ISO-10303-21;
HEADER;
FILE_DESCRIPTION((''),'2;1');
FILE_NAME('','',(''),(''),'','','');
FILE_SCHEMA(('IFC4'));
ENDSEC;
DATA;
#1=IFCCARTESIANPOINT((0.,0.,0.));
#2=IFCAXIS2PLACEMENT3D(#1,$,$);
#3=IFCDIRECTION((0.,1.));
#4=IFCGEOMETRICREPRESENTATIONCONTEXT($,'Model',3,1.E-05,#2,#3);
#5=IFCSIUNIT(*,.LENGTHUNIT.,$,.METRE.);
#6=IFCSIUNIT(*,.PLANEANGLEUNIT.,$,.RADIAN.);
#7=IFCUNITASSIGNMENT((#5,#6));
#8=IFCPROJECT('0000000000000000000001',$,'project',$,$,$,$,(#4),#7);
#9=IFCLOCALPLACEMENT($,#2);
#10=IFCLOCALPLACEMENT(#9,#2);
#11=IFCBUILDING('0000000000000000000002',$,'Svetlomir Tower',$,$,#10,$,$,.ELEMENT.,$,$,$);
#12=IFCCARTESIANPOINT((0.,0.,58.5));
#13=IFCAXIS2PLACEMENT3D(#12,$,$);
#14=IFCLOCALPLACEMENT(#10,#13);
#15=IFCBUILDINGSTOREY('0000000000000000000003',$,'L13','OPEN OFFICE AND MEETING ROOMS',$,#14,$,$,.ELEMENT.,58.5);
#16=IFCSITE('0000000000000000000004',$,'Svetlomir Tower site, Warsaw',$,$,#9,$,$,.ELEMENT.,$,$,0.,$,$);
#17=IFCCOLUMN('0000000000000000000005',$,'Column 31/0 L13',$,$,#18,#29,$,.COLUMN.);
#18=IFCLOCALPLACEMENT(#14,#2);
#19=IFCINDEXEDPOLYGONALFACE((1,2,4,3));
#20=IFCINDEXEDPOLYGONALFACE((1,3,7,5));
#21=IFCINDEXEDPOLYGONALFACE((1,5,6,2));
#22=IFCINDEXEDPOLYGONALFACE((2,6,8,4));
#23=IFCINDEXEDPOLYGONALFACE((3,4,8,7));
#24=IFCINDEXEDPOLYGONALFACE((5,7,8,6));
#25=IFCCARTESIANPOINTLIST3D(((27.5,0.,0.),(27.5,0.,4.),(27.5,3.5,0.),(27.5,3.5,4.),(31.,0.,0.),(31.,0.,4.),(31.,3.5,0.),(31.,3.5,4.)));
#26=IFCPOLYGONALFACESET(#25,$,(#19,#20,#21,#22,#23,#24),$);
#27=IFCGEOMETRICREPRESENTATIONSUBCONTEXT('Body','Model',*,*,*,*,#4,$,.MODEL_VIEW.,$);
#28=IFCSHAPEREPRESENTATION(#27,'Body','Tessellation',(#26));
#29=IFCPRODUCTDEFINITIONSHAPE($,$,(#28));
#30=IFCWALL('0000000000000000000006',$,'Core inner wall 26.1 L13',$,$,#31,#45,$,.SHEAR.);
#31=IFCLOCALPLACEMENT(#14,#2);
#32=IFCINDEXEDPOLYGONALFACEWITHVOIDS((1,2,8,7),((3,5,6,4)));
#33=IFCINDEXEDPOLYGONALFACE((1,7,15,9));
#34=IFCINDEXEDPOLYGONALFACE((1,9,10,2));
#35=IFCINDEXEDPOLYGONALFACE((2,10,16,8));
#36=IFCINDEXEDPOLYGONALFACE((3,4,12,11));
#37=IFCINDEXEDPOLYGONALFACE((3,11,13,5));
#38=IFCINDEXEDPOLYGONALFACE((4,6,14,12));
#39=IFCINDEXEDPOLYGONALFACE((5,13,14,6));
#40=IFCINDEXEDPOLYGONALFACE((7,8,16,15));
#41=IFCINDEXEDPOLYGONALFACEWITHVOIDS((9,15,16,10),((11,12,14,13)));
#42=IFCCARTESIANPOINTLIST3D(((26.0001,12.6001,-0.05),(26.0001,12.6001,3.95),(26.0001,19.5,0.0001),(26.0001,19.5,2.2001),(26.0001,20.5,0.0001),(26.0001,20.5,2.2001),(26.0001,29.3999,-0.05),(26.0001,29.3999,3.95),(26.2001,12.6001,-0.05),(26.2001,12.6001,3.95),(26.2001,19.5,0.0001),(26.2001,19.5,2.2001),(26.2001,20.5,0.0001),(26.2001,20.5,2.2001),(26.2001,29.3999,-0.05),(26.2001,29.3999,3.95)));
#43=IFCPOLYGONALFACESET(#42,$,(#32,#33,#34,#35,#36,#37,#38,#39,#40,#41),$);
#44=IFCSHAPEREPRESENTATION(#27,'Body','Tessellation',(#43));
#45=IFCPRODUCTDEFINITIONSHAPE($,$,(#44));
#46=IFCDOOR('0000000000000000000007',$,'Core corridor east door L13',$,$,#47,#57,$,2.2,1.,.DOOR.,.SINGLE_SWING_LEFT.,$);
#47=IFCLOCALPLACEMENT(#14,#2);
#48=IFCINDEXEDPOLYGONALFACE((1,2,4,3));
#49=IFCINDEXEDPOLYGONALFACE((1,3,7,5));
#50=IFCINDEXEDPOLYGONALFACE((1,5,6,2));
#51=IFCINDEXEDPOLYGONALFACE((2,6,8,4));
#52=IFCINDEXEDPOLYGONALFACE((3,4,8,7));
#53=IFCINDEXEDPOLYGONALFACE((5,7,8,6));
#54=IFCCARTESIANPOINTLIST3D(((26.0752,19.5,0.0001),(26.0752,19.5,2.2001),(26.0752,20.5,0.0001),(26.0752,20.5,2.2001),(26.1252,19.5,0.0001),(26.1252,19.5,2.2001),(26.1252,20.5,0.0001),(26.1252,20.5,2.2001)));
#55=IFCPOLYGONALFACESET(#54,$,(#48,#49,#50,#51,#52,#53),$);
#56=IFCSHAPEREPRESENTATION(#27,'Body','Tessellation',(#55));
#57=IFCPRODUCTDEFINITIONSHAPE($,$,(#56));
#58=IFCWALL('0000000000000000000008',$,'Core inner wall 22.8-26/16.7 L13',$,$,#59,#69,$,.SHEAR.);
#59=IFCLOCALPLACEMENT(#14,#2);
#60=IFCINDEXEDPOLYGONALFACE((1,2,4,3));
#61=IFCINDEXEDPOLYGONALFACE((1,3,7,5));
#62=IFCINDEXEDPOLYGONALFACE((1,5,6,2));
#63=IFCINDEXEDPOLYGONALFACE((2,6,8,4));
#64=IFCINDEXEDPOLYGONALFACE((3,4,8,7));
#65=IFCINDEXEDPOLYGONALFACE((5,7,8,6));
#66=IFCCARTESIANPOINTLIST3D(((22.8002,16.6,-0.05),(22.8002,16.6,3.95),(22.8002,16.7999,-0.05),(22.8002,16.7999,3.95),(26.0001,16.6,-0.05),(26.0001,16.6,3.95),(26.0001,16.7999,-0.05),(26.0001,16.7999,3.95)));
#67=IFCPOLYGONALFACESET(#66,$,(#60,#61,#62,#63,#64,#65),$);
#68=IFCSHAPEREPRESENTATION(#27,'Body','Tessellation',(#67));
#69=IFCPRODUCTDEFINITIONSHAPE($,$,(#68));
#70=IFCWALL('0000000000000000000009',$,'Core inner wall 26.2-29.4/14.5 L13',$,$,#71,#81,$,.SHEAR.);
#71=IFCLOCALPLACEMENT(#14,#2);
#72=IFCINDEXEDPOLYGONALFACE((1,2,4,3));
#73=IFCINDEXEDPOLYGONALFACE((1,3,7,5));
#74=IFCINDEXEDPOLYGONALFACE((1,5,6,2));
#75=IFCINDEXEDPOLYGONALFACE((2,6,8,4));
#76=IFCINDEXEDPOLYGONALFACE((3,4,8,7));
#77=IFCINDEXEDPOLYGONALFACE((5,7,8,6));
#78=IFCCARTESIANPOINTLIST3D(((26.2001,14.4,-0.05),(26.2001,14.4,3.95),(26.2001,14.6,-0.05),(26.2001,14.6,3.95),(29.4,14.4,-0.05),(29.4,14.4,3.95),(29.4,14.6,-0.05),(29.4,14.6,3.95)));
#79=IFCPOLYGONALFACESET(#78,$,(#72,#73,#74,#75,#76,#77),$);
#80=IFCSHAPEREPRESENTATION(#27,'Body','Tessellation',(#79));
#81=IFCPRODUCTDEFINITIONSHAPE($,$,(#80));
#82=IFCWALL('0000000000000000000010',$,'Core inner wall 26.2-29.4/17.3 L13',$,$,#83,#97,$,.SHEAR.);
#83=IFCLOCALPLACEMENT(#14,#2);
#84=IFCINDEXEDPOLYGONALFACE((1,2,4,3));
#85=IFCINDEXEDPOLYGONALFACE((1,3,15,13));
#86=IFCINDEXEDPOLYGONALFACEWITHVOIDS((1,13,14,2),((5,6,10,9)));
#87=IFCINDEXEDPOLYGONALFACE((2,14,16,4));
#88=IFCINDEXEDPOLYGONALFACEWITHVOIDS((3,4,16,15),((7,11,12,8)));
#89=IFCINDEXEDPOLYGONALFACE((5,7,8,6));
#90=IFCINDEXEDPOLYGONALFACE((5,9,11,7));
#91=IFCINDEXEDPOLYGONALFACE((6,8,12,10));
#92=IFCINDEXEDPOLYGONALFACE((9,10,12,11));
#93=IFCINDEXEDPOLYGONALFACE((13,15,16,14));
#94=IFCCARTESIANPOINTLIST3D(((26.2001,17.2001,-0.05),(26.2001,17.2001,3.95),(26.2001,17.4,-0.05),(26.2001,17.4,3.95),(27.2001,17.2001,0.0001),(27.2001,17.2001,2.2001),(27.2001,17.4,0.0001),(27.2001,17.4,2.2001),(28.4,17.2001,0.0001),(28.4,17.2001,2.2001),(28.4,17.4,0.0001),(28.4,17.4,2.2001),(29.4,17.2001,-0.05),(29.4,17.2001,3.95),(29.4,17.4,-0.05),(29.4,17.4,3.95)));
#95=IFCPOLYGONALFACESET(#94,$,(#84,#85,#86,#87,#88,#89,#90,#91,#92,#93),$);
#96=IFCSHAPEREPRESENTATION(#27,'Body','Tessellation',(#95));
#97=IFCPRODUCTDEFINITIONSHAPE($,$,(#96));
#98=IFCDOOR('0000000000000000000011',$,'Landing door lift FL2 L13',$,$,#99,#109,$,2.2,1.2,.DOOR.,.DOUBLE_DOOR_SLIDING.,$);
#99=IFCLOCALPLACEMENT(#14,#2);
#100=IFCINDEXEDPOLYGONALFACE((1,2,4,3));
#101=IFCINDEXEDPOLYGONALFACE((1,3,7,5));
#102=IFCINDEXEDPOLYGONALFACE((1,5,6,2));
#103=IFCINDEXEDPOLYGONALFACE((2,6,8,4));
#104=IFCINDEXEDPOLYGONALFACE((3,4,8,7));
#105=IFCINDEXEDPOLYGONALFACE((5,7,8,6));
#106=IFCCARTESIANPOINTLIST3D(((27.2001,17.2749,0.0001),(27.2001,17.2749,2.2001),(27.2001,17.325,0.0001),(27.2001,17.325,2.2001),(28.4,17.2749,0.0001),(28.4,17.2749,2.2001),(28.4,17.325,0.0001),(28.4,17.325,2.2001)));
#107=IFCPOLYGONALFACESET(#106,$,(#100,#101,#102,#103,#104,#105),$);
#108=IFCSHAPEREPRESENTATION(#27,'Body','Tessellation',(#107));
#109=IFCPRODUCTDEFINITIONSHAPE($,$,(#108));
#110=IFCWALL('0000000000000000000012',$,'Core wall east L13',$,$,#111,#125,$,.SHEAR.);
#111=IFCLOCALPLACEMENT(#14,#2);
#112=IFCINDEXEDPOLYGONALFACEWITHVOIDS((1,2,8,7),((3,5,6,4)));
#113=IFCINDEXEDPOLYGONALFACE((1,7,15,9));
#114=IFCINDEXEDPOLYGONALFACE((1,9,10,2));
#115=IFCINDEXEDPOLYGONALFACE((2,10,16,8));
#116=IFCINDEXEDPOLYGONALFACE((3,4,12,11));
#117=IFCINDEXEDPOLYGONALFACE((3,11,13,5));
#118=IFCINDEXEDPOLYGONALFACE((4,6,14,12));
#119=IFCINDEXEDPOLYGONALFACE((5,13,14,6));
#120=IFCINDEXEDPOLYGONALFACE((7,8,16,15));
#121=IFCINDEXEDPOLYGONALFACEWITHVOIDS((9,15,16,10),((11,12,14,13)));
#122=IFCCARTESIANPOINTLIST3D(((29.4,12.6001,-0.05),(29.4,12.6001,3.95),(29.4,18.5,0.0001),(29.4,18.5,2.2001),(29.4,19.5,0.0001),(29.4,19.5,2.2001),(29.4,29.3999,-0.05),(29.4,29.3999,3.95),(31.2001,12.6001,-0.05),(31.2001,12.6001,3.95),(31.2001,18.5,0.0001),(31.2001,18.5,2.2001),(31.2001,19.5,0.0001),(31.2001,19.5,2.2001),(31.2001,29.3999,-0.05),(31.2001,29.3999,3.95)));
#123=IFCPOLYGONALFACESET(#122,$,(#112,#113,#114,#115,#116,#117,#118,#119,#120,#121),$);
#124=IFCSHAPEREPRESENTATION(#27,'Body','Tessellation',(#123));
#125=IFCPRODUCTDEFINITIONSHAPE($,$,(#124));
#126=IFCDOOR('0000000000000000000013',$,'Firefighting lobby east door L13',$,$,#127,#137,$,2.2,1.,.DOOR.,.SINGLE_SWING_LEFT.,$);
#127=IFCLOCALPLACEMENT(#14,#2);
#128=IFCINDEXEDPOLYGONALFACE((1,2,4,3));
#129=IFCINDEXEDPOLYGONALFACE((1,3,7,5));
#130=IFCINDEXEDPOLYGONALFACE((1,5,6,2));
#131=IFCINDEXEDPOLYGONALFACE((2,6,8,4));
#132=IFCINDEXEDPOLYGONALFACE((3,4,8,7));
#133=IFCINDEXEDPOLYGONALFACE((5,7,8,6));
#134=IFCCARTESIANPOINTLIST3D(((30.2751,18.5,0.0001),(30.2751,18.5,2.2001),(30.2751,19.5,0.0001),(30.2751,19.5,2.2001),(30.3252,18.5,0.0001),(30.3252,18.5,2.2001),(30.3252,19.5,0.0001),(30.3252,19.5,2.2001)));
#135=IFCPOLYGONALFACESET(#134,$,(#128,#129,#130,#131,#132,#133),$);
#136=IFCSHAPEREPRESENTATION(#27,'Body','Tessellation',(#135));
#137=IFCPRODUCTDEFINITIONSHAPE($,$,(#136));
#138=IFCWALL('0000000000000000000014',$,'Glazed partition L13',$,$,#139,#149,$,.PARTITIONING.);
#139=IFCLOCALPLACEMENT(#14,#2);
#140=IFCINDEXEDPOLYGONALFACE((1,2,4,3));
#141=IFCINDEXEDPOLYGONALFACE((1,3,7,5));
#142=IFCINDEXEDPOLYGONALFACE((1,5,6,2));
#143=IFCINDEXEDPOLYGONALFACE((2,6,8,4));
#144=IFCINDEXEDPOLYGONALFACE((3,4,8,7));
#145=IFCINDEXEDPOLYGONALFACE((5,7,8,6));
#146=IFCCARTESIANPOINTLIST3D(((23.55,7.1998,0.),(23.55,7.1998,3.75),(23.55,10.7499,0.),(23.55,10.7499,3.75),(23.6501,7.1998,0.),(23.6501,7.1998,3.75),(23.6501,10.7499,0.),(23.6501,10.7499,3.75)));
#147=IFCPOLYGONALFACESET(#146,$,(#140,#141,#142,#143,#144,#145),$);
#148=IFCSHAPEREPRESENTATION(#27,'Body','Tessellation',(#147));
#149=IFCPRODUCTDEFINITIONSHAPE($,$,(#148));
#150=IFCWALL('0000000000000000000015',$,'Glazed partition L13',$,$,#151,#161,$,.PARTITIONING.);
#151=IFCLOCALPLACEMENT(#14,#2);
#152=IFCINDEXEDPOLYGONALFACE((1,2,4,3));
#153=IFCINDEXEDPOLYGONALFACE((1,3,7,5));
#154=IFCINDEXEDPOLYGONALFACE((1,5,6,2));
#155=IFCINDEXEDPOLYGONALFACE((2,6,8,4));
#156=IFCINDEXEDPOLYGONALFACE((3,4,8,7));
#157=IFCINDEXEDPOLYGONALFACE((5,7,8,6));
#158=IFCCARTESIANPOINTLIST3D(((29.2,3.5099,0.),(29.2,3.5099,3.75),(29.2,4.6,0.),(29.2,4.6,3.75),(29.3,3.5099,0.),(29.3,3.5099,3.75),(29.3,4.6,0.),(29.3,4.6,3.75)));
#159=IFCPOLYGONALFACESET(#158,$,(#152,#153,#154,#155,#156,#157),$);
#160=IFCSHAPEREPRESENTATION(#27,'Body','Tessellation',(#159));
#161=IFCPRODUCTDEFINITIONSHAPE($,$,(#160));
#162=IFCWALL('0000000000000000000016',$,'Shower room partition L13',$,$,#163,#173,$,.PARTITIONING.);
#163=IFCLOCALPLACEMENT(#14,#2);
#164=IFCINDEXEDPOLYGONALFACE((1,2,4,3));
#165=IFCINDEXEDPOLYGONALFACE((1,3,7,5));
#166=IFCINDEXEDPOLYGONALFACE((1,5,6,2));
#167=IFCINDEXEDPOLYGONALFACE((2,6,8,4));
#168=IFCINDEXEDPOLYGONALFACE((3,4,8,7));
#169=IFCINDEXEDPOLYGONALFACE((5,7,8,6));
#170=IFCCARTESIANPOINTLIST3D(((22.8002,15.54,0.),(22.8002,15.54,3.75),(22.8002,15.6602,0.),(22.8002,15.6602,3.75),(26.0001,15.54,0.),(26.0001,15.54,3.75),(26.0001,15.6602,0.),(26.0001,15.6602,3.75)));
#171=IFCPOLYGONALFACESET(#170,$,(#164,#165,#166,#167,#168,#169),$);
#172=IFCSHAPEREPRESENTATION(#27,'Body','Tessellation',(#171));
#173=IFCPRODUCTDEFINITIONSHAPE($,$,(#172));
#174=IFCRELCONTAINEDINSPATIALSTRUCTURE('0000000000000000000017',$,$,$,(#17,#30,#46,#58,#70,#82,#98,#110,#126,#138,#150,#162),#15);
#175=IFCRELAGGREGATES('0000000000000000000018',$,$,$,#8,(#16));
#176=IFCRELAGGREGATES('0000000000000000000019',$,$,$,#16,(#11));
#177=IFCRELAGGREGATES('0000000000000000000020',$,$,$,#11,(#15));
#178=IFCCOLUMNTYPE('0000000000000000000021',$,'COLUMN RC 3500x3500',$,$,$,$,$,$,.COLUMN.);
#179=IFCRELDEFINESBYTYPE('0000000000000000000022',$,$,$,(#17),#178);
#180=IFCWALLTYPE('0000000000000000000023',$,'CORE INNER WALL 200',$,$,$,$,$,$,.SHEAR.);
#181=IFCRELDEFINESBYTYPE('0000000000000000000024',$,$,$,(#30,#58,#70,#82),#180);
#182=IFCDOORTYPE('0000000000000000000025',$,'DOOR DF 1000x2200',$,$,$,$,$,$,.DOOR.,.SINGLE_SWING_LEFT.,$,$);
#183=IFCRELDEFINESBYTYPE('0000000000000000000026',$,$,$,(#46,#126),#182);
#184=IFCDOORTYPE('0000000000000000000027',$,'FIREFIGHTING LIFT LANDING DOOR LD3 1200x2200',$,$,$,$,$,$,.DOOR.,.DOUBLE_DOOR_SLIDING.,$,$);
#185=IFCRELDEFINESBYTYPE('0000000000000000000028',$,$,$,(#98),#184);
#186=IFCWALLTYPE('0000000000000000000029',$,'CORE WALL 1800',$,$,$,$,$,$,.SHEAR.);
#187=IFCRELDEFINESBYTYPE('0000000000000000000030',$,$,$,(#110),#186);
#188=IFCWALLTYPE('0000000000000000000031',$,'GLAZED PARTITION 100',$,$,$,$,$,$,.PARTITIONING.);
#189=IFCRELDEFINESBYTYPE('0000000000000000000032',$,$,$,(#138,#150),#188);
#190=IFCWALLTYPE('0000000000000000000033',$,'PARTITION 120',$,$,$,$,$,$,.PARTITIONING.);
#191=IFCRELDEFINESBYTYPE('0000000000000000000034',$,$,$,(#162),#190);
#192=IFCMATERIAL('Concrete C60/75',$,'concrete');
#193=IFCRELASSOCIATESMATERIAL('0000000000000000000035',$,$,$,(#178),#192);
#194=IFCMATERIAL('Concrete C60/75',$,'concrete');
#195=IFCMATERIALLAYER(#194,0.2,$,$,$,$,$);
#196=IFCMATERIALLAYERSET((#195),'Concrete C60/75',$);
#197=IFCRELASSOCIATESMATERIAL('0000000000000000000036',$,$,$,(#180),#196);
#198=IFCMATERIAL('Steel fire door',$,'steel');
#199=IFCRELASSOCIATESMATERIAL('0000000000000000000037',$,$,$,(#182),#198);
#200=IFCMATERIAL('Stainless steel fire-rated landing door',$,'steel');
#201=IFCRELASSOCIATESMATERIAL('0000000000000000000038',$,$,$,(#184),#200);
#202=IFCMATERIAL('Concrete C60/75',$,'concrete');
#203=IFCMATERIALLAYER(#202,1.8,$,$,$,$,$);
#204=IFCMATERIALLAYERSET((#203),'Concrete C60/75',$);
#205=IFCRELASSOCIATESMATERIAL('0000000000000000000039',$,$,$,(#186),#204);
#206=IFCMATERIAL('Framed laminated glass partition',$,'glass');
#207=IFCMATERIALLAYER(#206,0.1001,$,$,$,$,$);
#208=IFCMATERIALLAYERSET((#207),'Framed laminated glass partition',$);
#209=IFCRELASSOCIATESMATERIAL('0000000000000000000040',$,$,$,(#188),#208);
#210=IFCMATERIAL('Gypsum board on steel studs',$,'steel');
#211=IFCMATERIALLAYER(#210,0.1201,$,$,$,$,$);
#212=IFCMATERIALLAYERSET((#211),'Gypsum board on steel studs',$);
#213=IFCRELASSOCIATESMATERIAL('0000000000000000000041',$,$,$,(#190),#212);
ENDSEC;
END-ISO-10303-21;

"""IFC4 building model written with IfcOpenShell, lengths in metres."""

from ifc_helpers import new_model, si_unit, direction, frame, frame_2d, origin, origin_2d, place, context, subcontext, project, spatial, rectangle, extrude, material, layer, layer_set, material_profile, profile_set, type_object, element, fill, save


model = new_model("IFC4")

# Units and contexts
model_context = context("Model", 3, precision=1e-05, world=origin(), true_north=direction((0.0, 1.0)))
body_context = subcontext(model_context, "Body", "Model", "MODEL_VIEW")
ifc_project = project(units=[si_unit("LENGTHUNIT", "METRE"), si_unit("PLANEANGLEUNIT", "RADIAN")], contexts=[model_context])

# Site, building, storey
site_placement = place(None, origin())
site = spatial("IfcSite", under=ifc_project, at=site_placement, Name="Svetlomir Tower site, Warsaw", CompositionType="ELEMENT", RefElevation=0.0)
building_placement = place(site_placement, origin())
building = spatial("IfcBuilding", under=site, at=building_placement, Name="Svetlomir Tower", CompositionType="ELEMENT")
storey_placement = place(building_placement, frame((0.0, 0.0, 58.5)))
storey = spatial("IfcBuildingStorey", under=building, at=storey_placement, Name="L13", Description="OPEN OFFICE AND MEETING ROOMS", CompositionType="ELEMENT", Elevation=58.5)

# Column
ifc_material_1 = material(Name="Concrete C60/75", Category="concrete")
ifc_material_profile = material_profile(ifc_material_1, rectangle(XDim=3.5, YDim=3.5, at=origin_2d()), Name="RC 3500x3500")
ifc_profile_set = profile_set([ifc_material_profile], Name="Concrete C60/75")
column_type = type_object("IfcColumnType", Name="COLUMN RC 3500x3500", PredefinedType="COLUMN", material=ifc_profile_set)
column_placement = place(storey_placement, frame((29.25, 1.75, 0.0), z_axis=(0.0, 0.0, 1.0), x_axis=(1.0, 0.0, 0.0)))
element("IfcColumn", 1, at=column_placement, inside=storey, type_object=column_type, Name="Column 31/0 L13", PredefinedType="COLUMN", context=body_context, shape_type="SweptSolid", body=[
    extrude(rectangle(XDim=3.5, YDim=3.5, at=origin_2d()), origin(), (0.0, 0.0, 1.0), 4.0),
])

# Wall, opening, door
ifc_material_2 = material(Name="Concrete C60/75", Category="concrete")
ifc_layer_1 = layer(ifc_material_2, 0.2)
ifc_layer_set_1 = layer_set([ifc_layer_1], Name="Concrete C60/75")
wall_type_1 = type_object("IfcWallType", Name="CORE INNER WALL 200", PredefinedType="SHEAR", material=ifc_layer_set_1)
wall_1_placement = place(storey_placement, frame((26.1001, 12.6001, -0.05), z_axis=(0.0, 0.0, 1.0), x_axis=(0.0, 1.0, 0.0)))
wall_1 = element("IfcWall", 2, at=wall_1_placement, inside=storey, type_object=wall_type_1, Name="Core inner wall 26.1 L13", PredefinedType="SHEAR", context=body_context, shape_type="SweptSolid", body=[
    extrude(rectangle(XDim=16.7998, YDim=0.2, at=frame_2d((8.3999, 0.0))), origin(), (0.0, 0.0, 1.0), 4.0),
])
opening_1_placement = place(wall_1_placement, frame((6.8999, 0.0, 0.05)))
opening_1 = element("IfcOpeningElement", 3, at=opening_1_placement, cuts=wall_1, PredefinedType="OPENING", context=body_context, shape_type="SweptSolid", body=[
    extrude(rectangle(XDim=1.0, YDim=2.2, at=frame_2d((0.5, 1.1001))), frame((0.0, 0.1099, 0.0), z_axis=(0.0, -1.0, 0.0), x_axis=(1.0, 0.0, 0.0)), (0.0, 0.0, 1.0), 0.22),
])
ifc_material_3 = material(Name="Steel fire door", Category="steel")
door_type_1 = type_object("IfcDoorType", Name="DOOR DF 1000x2200", OperationType="SINGLE_SWING_LEFT", PredefinedType="DOOR", material=ifc_material_3)
door_1_placement = place(opening_1_placement, origin())
door_1 = element("IfcDoor", 4, at=door_1_placement, inside=storey, type_object=door_type_1, Name="Core corridor east door L13", OperationType="SINGLE_SWING_LEFT", OverallHeight=2.2, OverallWidth=1.0, PredefinedType="DOOR", context=body_context, shape_type="SweptSolid", body=[
    extrude(rectangle(XDim=1.0, YDim=2.2, at=frame_2d((0.5, 1.1001))), frame((0.0, 0.0249, 0.0), z_axis=(0.0, -1.0, 0.0), x_axis=(1.0, 0.0, 0.0)), (0.0, 0.0, 1.0), 0.05),
])
fill(opening_1, door_1)

# Walls
for number, where, z_axis, x_axis, name in (
    (5, (22.8, 16.7, -0.05), (0.0, 0.0, 1.0), (1.0, 0.0, 0.0), "Core inner wall 22.8-26/16.7 L13"),
    (6, (26.2, 14.5, -0.05), (0.0, 0.0, 1.0), (1.0, 0.0, 0.0), "Core inner wall 26.2-29.4/14.5 L13"),
):
    element("IfcWall", number, at=place(storey_placement, frame(where, z_axis=z_axis, x_axis=x_axis)), inside=storey, type_object=wall_type_1, Name=name, PredefinedType="SHEAR", context=body_context, shape_type="SweptSolid", body=[
        extrude(rectangle(XDim=3.2, YDim=0.2, at=frame_2d((1.6001, 0.0))), origin(), (0.0, 0.0, 1.0), 4.0),
    ])

# Walls, openings, doors
wall_2_placement = place(storey_placement, frame((26.2, 17.3, -0.05), z_axis=(0.0, 0.0, 1.0), x_axis=(1.0, 0.0, 0.0)))
wall_2 = element("IfcWall", 7, at=wall_2_placement, inside=storey, type_object=wall_type_1, Name="Core inner wall 26.2-29.4/17.3 L13", PredefinedType="SHEAR", context=body_context, shape_type="SweptSolid", body=[
    extrude(rectangle(XDim=3.2, YDim=0.2, at=frame_2d((1.6001, 0.0))), origin(), (0.0, 0.0, 1.0), 4.0),
])
opening_2_placement = place(wall_2_placement, frame((1.0, 0.0, 0.05)))
opening_2 = element("IfcOpeningElement", 8, at=opening_2_placement, cuts=wall_2, PredefinedType="OPENING", context=body_context, shape_type="SweptSolid", body=[
    extrude(rectangle(XDim=1.2, YDim=2.2, at=frame_2d((0.6001, 1.1001))), frame((0.0, 0.1099, 0.0), z_axis=(0.0, -1.0, 0.0), x_axis=(1.0, 0.0, 0.0)), (0.0, 0.0, 1.0), 0.22),
])
ifc_material_4 = material(Name="Stainless steel fire-rated landing door", Category="steel")
door_type_2 = type_object("IfcDoorType", Name="FIREFIGHTING LIFT LANDING DOOR LD3 1200x2200", OperationType="DOUBLE_DOOR_SLIDING", PredefinedType="DOOR", material=ifc_material_4)
door_2_placement = place(opening_2_placement, origin())
door_2 = element("IfcDoor", 9, at=door_2_placement, inside=storey, type_object=door_type_2, Name="Landing door lift FL2 L13", OperationType="DOUBLE_DOOR_SLIDING", OverallHeight=2.2, OverallWidth=1.2, PredefinedType="DOOR", context=body_context, shape_type="SweptSolid", body=[
    extrude(rectangle(XDim=1.2, YDim=2.2, at=frame_2d((0.6001, 1.1001))), frame((0.0, 0.0249, 0.0), z_axis=(0.0, -1.0, 0.0), x_axis=(1.0, 0.0, 0.0)), (0.0, 0.0, 1.0), 0.05),
])
fill(opening_2, door_2)
ifc_material_5 = material(Name="Concrete C60/75", Category="concrete")
ifc_layer_2 = layer(ifc_material_5, 1.8)
ifc_layer_set_2 = layer_set([ifc_layer_2], Name="Concrete C60/75")
wall_type_2 = type_object("IfcWallType", Name="CORE WALL 1800", PredefinedType="SHEAR", material=ifc_layer_set_2)
wall_3_placement = place(storey_placement, frame((30.3, 12.6001, -0.05), z_axis=(0.0, 0.0, 1.0), x_axis=(0.0, 1.0, 0.0)))
wall_3 = element("IfcWall", 10, at=wall_3_placement, inside=storey, type_object=wall_type_2, Name="Core wall east L13", PredefinedType="SHEAR", context=body_context, shape_type="SweptSolid", body=[
    extrude(rectangle(XDim=16.7998, YDim=1.8, at=frame_2d((8.3999, 0.0))), origin(), (0.0, 0.0, 1.0), 4.0),
])
opening_3_placement = place(wall_3_placement, frame((5.8999, 0.0, 0.05)))
opening_3 = element("IfcOpeningElement", 11, at=opening_3_placement, cuts=wall_3, PredefinedType="OPENING", context=body_context, shape_type="SweptSolid", body=[
    extrude(rectangle(XDim=1.0, YDim=2.2, at=frame_2d((0.5, 1.1001))), frame((0.0, 0.9102, 0.0), z_axis=(0.0, -1.0, 0.0), x_axis=(1.0, 0.0, 0.0)), (0.0, 0.0, 1.0), 1.8201),
])
door_3_placement = place(opening_3_placement, origin())
door_3 = element("IfcDoor", 12, at=door_3_placement, inside=storey, type_object=door_type_1, Name="Firefighting lobby east door L13", OperationType="SINGLE_SWING_LEFT", OverallHeight=2.2, OverallWidth=1.0, PredefinedType="DOOR", context=body_context, shape_type="SweptSolid", body=[
    extrude(rectangle(XDim=1.0, YDim=2.2, at=frame_2d((0.5, 1.1001))), frame((0.0, 0.0249, 0.0), z_axis=(0.0, -1.0, 0.0), x_axis=(1.0, 0.0, 0.0)), (0.0, 0.0, 1.0), 0.05),
])
fill(opening_3, door_3)

# Walls
ifc_material_6 = material(Name="Framed laminated glass partition", Category="glass")
ifc_layer_3 = layer(ifc_material_6, 0.1001)
ifc_layer_set_3 = layer_set([ifc_layer_3], Name="Framed laminated glass partition")
wall_type_3 = type_object("IfcWallType", Name="GLAZED PARTITION 100", PredefinedType="PARTITIONING", material=ifc_layer_set_3)
wall_4_placement = place(storey_placement, frame((23.6001, 7.2, 0.0), z_axis=(0.0, 0.0, 1.0), x_axis=(0.0, 1.0, 0.0)))
element("IfcWall", 13, at=wall_4_placement, inside=storey, type_object=wall_type_3, Name="Glazed partition L13", PredefinedType="PARTITIONING", context=body_context, shape_type="SweptSolid", body=[
    extrude(rectangle(XDim=3.55, YDim=0.1001, at=frame_2d((1.7749, 0.0))), origin(), (0.0, 0.0, 1.0), 3.75),
])
wall_5_placement = place(storey_placement, frame((29.25, 3.51, 0.0), z_axis=(0.0, 0.0, 1.0), x_axis=(0.0, 1.0, 0.0)))
element("IfcWall", 14, at=wall_5_placement, inside=storey, type_object=wall_type_3, Name="Glazed partition L13", PredefinedType="PARTITIONING", context=body_context, shape_type="SweptSolid", body=[
    extrude(rectangle(XDim=1.0901, YDim=0.1001, at=frame_2d((0.5449, 0.0))), origin(), (0.0, 0.0, 1.0), 3.75),
])
ifc_material_7 = material(Name="Gypsum board on steel studs", Category="steel")
ifc_layer_4 = layer(ifc_material_7, 0.1201)
ifc_layer_set_4 = layer_set([ifc_layer_4], Name="Gypsum board on steel studs")
wall_type_4 = type_object("IfcWallType", Name="PARTITION 120", PredefinedType="PARTITIONING", material=ifc_layer_set_4)
wall_6_placement = place(storey_placement, frame((22.8, 15.6001, 0.0), z_axis=(0.0, 0.0, 1.0), x_axis=(1.0, 0.0, 0.0)))
element("IfcWall", 15, at=wall_6_placement, inside=storey, type_object=wall_type_4, Name="Shower room partition L13", PredefinedType="PARTITIONING", context=body_context, shape_type="SweptSolid", body=[
    extrude(rectangle(XDim=3.2, YDim=0.1201, at=frame_2d((1.6001, 0.0))), origin(), (0.0, 0.0, 1.0), 3.75),
])

save(model, "model.ifc")
